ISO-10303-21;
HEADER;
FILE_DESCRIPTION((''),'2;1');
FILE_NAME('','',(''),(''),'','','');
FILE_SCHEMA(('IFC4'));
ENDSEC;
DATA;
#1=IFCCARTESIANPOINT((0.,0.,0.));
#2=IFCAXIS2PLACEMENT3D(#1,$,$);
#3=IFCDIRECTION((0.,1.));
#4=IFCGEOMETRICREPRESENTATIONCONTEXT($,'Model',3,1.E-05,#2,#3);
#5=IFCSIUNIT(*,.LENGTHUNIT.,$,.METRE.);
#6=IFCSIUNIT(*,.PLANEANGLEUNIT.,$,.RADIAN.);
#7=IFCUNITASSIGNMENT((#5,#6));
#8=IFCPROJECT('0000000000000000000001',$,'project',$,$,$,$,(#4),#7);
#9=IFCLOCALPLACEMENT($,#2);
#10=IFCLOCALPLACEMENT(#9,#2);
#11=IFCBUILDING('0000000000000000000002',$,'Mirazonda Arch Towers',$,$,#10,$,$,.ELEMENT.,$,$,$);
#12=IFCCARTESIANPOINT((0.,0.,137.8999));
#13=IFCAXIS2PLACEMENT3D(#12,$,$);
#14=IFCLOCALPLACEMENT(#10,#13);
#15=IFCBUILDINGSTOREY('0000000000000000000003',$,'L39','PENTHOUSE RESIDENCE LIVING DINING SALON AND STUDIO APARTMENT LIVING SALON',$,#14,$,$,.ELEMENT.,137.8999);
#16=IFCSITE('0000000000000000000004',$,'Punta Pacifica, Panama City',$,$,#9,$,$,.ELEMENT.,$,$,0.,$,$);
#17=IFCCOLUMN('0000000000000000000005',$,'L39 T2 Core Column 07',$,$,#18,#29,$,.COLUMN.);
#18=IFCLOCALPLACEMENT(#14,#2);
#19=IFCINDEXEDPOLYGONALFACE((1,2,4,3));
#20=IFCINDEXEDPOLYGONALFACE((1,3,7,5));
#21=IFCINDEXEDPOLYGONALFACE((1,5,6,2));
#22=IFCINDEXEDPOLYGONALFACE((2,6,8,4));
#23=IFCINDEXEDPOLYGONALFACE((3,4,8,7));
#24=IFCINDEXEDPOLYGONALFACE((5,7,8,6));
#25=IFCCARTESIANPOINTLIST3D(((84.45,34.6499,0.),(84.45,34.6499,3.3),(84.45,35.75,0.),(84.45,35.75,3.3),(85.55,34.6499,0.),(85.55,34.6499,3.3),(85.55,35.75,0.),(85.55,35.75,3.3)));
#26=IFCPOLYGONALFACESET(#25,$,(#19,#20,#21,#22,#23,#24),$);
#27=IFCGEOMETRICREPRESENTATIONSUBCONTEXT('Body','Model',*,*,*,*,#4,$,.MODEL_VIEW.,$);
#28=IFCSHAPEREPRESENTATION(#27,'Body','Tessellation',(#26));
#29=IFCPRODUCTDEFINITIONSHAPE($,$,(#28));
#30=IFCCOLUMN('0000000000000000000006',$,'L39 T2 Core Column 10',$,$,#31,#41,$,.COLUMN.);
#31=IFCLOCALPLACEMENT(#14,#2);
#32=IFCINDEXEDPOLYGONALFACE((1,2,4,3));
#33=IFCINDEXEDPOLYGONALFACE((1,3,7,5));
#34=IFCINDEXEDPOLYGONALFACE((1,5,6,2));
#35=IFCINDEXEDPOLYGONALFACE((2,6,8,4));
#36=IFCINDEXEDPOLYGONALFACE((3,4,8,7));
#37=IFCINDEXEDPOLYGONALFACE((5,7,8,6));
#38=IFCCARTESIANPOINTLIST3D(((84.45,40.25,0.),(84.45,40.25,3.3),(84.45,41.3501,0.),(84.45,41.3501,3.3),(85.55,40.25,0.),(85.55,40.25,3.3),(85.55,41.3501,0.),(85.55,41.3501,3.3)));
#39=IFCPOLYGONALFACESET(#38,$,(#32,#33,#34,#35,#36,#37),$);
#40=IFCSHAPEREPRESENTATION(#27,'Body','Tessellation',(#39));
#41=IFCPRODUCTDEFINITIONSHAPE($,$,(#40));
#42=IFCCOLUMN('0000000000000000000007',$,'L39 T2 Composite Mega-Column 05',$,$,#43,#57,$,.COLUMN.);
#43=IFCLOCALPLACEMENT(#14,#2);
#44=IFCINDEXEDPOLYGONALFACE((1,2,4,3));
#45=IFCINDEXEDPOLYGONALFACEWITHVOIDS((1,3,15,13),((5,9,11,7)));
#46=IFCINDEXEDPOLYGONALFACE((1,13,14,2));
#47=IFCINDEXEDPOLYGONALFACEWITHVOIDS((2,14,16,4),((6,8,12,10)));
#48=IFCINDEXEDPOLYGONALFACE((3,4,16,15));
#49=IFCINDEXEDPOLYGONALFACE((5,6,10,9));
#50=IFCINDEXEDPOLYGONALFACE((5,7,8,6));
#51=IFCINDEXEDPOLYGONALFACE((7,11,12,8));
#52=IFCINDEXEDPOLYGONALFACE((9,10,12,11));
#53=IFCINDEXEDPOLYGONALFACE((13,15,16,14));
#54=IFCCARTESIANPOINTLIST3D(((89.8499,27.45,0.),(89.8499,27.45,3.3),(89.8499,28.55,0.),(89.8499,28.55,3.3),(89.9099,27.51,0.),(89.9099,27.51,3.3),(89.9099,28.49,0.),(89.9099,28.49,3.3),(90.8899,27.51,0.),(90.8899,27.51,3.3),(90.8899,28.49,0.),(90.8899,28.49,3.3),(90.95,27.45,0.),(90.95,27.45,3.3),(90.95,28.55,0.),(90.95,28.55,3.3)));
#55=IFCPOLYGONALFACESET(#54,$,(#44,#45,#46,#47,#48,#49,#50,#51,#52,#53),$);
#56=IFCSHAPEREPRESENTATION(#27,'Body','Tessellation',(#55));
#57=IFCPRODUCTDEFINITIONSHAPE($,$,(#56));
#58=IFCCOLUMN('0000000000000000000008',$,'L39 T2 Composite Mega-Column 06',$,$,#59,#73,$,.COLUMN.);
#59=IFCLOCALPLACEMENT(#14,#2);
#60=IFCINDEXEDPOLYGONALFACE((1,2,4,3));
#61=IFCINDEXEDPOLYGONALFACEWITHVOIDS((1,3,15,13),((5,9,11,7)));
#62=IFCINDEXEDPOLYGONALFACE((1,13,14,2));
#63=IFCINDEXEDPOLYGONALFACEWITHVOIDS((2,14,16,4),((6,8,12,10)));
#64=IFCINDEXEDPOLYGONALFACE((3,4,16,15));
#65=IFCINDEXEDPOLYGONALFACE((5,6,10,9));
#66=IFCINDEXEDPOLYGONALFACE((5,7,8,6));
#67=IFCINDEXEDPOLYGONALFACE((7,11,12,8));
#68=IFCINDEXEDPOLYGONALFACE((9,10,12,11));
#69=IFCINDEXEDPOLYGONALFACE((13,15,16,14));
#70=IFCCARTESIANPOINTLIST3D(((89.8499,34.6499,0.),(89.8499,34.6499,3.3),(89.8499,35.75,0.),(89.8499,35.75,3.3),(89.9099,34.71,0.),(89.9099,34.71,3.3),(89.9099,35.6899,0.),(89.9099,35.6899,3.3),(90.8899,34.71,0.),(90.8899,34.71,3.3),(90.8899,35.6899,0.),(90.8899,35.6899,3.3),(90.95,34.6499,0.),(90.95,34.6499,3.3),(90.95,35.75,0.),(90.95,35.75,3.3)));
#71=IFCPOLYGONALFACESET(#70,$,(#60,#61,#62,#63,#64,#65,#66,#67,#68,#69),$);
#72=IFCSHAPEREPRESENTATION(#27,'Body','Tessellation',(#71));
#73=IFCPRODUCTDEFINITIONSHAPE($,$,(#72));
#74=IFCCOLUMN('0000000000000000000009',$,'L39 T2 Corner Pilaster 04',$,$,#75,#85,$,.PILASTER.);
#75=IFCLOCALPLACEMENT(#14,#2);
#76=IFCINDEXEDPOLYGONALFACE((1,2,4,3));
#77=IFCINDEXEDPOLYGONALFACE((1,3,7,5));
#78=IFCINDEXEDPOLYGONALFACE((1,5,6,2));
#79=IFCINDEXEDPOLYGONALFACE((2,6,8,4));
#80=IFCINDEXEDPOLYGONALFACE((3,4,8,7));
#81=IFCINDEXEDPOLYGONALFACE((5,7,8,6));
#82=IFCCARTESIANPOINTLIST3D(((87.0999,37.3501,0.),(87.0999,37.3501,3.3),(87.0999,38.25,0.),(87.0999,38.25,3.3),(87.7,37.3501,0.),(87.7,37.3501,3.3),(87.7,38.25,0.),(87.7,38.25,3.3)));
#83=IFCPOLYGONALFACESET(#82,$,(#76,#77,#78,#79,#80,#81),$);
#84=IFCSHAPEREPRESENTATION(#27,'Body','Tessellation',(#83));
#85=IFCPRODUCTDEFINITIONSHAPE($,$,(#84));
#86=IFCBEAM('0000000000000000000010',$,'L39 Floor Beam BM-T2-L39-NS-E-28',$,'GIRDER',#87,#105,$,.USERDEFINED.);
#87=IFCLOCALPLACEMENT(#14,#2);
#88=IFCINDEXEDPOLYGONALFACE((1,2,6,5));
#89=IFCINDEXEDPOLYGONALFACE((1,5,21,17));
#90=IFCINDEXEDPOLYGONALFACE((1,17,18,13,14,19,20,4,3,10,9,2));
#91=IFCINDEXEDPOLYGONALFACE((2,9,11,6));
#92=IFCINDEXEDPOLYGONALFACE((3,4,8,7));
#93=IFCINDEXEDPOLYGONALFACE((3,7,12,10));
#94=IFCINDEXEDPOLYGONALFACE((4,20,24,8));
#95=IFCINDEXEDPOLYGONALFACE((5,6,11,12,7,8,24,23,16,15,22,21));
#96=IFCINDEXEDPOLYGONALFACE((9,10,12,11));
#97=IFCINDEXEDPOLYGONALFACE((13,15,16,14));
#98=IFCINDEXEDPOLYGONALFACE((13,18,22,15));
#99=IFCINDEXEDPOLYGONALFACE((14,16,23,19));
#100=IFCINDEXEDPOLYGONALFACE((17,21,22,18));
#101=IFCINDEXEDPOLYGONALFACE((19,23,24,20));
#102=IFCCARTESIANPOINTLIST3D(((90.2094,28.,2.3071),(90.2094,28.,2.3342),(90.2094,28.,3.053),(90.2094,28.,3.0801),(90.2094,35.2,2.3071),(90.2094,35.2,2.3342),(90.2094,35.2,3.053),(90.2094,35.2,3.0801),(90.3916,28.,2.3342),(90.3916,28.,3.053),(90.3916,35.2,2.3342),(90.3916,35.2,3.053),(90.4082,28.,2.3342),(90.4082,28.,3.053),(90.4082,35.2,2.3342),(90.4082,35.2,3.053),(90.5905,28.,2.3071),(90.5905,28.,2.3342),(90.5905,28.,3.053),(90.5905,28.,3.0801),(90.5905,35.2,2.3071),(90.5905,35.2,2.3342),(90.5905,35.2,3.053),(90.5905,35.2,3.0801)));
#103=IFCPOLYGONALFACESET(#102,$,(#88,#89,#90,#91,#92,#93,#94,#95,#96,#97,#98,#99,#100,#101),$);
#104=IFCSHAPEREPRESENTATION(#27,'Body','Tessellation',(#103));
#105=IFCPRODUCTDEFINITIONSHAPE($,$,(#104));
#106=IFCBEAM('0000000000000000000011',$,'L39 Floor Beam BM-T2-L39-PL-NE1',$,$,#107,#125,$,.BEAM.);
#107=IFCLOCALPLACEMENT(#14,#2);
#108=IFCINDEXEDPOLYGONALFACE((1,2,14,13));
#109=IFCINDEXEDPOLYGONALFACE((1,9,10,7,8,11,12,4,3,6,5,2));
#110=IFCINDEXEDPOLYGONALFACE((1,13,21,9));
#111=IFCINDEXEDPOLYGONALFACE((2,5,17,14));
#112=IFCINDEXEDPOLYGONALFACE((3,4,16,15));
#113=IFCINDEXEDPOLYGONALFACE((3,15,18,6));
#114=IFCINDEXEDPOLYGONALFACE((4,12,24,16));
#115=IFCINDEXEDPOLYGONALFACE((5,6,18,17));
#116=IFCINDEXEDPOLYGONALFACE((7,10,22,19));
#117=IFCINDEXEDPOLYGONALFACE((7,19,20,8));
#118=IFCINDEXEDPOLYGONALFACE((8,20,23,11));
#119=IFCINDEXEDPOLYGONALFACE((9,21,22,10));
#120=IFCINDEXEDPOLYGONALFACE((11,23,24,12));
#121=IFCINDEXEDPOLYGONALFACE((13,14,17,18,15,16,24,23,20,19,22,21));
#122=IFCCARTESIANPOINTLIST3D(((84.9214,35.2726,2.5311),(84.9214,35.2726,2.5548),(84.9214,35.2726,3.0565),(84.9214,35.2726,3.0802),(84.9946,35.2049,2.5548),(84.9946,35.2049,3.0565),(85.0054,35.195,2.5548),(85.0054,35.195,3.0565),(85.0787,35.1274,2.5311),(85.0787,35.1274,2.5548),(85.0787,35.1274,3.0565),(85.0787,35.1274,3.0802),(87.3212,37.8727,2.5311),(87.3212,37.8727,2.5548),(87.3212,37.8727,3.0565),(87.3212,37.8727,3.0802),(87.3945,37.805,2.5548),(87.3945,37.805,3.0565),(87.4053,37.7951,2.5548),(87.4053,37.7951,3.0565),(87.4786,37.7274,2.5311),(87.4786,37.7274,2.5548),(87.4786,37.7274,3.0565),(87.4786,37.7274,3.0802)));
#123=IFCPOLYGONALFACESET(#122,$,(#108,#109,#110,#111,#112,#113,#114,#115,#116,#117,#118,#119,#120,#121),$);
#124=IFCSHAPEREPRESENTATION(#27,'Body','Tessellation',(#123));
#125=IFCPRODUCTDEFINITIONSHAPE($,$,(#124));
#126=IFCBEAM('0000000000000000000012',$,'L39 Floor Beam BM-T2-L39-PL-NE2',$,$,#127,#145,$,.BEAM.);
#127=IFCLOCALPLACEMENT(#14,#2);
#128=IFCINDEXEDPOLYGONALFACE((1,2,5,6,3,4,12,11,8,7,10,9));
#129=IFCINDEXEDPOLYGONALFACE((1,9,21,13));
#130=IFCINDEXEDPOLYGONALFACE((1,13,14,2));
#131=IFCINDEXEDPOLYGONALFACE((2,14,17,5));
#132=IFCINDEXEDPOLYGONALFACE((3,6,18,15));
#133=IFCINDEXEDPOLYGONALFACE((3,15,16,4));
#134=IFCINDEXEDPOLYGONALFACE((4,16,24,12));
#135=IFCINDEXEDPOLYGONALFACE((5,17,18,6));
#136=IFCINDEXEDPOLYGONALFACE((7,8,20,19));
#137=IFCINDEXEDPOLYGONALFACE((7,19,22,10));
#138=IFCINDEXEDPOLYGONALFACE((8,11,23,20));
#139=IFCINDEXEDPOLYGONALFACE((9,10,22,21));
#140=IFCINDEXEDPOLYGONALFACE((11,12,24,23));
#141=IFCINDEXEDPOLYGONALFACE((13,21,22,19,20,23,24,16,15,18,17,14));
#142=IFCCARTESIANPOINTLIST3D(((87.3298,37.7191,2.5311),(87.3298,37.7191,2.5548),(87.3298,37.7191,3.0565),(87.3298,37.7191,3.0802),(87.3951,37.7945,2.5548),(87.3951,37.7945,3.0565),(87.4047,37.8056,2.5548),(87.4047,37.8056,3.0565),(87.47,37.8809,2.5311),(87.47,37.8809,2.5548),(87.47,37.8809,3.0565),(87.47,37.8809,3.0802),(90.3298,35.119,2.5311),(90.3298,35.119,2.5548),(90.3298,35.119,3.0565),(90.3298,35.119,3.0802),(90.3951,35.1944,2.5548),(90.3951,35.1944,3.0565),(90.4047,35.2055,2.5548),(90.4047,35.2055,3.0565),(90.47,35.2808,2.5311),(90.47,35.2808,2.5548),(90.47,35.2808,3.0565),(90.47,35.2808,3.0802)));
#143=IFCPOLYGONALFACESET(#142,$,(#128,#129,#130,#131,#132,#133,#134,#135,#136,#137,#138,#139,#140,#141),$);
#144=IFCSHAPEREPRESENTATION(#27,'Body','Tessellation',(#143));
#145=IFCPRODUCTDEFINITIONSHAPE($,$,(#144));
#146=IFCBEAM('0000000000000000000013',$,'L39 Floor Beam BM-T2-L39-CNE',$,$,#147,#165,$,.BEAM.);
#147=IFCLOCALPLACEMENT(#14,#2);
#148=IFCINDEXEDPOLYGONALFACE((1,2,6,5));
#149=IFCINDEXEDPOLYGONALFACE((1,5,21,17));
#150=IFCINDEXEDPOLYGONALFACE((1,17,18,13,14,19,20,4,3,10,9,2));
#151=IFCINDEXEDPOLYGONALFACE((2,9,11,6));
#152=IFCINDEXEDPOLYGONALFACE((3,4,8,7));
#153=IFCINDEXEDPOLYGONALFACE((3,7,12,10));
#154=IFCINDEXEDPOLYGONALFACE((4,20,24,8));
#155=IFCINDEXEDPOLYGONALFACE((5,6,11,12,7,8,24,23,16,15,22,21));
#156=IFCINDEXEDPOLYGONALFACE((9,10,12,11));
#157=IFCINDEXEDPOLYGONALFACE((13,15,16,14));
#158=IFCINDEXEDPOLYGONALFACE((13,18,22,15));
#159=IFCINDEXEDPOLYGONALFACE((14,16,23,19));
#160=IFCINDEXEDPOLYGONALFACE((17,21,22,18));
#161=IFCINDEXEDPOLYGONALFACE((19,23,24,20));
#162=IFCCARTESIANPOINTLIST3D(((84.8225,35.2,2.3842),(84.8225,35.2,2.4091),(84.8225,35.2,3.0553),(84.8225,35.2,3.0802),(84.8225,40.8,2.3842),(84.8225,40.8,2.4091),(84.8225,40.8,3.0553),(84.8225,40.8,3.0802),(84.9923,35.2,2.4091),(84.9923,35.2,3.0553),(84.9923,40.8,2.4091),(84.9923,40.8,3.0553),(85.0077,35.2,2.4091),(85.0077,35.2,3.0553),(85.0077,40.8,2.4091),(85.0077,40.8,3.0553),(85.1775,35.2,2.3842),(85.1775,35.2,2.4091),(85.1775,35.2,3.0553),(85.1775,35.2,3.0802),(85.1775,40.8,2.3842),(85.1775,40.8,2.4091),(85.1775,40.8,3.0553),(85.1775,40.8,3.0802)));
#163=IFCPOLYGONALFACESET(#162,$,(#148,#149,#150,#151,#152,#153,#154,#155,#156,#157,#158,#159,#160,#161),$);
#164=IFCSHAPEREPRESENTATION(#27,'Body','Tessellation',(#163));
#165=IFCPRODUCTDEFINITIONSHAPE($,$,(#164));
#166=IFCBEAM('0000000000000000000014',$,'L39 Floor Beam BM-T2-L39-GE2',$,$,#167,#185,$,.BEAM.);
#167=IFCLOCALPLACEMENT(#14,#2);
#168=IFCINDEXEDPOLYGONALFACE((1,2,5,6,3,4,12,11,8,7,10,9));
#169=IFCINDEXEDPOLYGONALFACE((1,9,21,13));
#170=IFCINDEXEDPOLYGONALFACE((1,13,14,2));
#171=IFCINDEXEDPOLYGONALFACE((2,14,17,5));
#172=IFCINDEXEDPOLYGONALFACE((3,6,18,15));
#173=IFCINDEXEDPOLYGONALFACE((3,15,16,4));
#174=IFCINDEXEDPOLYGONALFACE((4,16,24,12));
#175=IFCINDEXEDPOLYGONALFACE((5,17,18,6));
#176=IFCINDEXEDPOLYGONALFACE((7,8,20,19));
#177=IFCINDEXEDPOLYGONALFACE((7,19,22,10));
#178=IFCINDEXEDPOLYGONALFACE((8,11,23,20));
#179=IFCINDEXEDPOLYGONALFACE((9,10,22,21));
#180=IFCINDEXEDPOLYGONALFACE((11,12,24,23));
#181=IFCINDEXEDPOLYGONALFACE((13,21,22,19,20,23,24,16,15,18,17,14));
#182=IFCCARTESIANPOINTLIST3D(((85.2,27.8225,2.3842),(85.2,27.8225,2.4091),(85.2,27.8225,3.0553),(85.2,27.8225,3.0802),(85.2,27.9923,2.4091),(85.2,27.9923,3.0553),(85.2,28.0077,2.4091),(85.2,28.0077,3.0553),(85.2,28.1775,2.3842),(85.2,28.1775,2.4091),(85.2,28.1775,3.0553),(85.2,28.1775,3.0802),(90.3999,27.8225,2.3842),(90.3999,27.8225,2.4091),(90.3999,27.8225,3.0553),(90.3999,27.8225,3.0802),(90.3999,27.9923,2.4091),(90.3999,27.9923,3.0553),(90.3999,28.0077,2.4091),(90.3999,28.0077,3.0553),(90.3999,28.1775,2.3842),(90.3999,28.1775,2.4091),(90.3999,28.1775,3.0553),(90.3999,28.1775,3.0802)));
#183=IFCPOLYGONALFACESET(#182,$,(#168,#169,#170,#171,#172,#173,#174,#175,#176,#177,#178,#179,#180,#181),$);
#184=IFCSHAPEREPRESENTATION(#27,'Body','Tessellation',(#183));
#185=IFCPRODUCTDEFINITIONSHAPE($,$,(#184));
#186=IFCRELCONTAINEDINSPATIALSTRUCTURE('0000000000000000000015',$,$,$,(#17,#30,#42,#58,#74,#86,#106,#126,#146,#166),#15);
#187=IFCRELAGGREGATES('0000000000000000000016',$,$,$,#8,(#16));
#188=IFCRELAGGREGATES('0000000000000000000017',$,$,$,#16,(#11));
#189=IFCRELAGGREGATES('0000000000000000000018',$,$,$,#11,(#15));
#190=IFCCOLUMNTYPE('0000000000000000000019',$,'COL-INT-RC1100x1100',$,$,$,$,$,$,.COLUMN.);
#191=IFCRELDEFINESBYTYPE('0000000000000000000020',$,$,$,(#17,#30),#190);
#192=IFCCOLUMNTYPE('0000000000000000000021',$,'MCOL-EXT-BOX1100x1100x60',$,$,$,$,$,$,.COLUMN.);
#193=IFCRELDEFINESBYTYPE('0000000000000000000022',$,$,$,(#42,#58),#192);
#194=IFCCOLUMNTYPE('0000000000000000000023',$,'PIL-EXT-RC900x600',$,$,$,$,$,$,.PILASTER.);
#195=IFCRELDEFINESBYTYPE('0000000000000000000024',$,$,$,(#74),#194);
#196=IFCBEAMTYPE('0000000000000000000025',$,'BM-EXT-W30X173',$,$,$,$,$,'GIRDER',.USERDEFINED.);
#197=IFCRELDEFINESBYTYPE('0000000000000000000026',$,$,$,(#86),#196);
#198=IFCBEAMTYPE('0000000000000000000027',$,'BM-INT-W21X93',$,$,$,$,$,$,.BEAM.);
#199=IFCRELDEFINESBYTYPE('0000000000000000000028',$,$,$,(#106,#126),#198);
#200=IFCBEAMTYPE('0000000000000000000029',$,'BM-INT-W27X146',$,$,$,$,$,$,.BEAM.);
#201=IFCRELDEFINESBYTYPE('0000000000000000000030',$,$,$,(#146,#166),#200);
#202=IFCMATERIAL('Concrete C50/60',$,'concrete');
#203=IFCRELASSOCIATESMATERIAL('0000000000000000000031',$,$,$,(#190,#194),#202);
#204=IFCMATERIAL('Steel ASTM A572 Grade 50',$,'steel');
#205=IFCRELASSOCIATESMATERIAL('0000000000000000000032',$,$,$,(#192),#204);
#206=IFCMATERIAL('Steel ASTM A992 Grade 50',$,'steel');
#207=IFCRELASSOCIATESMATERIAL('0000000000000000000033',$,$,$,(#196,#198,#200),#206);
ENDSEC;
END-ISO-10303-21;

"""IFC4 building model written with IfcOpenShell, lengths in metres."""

from ifc_helpers import new_model, si_unit, direction, frame, origin, origin_2d, place, context, subcontext, project, spatial, rectangle, hollow_rectangle, i_section, extrude, material, material_profile, profile_set, type_object, element, save


model = new_model("IFC4")

# Units and contexts
model_context = context("Model", 3, precision=1e-05, world=origin(), true_north=direction((0.0, 1.0)))
body_context = subcontext(model_context, "Body", "Model", "MODEL_VIEW")
ifc_project = project(units=[si_unit("LENGTHUNIT", "METRE"), si_unit("PLANEANGLEUNIT", "RADIAN")], contexts=[model_context])

# Site, building, storey
site_placement = place(None, origin())
site = spatial("IfcSite", under=ifc_project, at=site_placement, Name="Punta Pacifica, Panama City", CompositionType="ELEMENT", RefElevation=0.0)
building_placement = place(site_placement, origin())
building = spatial("IfcBuilding", under=site, at=building_placement, Name="Mirazonda Arch Towers", CompositionType="ELEMENT")
storey_placement = place(building_placement, frame((0.0, 0.0, 137.8999)))
storey = spatial("IfcBuildingStorey", under=building, at=storey_placement, Name="L39", Description="PENTHOUSE RESIDENCE LIVING DINING SALON AND STUDIO APARTMENT LIVING SALON", CompositionType="ELEMENT", Elevation=137.8999)

# Columns
ifc_material_1 = material(Name="Concrete C50/60", Category="concrete")
ifc_material_profile_1 = material_profile(ifc_material_1, rectangle(XDim=1.1001, YDim=1.1001, at=origin_2d()), Name="RC1100x1100")
ifc_profile_set_1 = profile_set([ifc_material_profile_1], Name="Concrete C50/60")
column_type_1 = type_object("IfcColumnType", Name="COL-INT-RC1100x1100", PredefinedType="COLUMN", material=ifc_profile_set_1)
for number, where, z_axis, x_axis, name in (
    (1, (85.0, 35.2, 0.0), (0.0, 0.0, 1.0), (1.0, 0.0, 0.0), "L39 T2 Core Column 07"),
    (2, (85.0, 40.8, 0.0), (0.0, 0.0, 1.0), (1.0, 0.0, 0.0), "L39 T2 Core Column 10"),
):
    element("IfcColumn", number, at=place(storey_placement, frame(where, z_axis=z_axis, x_axis=x_axis)), inside=storey, type_object=column_type_1, Name=name, PredefinedType="COLUMN", context=body_context, shape_type="SweptSolid", body=[
        extrude(rectangle(XDim=1.1001, YDim=1.1001, at=origin_2d()), origin(), (0.0, 0.0, 1.0), 3.3),
    ])
ifc_material_2 = material(Name="Steel ASTM A572 Grade 50", Category="steel")
ifc_material_profile_2 = material_profile(ifc_material_2, hollow_rectangle(XDim=1.1001, YDim=1.1001, WallThickness=0.0601, at=origin_2d()), Name="BOX1100x1100x60")
ifc_profile_set_2 = profile_set([ifc_material_profile_2], Name="Steel ASTM A572 Grade 50")
column_type_2 = type_object("IfcColumnType", Name="MCOL-EXT-BOX1100x1100x60", PredefinedType="COLUMN", material=ifc_profile_set_2)
for number, where, z_axis, x_axis, name in (
    (3, (90.3999, 28.0, 0.0), (0.0, 0.0, 1.0), (1.0, 0.0, 0.0), "L39 T2 Composite Mega-Column 05"),
    (4, (90.3999, 35.2, 0.0), (0.0, 0.0, 1.0), (1.0, 0.0, 0.0), "L39 T2 Composite Mega-Column 06"),
):
    element("IfcColumn", number, at=place(storey_placement, frame(where, z_axis=z_axis, x_axis=x_axis)), inside=storey, type_object=column_type_2, Name=name, PredefinedType="COLUMN", context=body_context, shape_type="SweptSolid", body=[
        extrude(hollow_rectangle(XDim=1.1001, YDim=1.1001, WallThickness=0.0601, at=origin_2d()), origin(), (0.0, 0.0, 1.0), 3.3),
    ])
ifc_material_profile_3 = material_profile(ifc_material_1, rectangle(XDim=0.6001, YDim=0.8999, at=origin_2d()), Name="RC900x600")
ifc_profile_set_3 = profile_set([ifc_material_profile_3], Name="Concrete C50/60")
column_type_3 = type_object("IfcColumnType", Name="PIL-EXT-RC900x600", PredefinedType="PILASTER", material=ifc_profile_set_3)
column_placement = place(storey_placement, frame((87.3999, 37.8, 0.0), z_axis=(0.0, 0.0, 1.0), x_axis=(1.0, 0.0, 0.0)))
element("IfcColumn", 5, at=column_placement, inside=storey, type_object=column_type_3, Name="L39 T2 Corner Pilaster 04", PredefinedType="PILASTER", context=body_context, shape_type="SweptSolid", body=[
    extrude(rectangle(XDim=0.6001, YDim=0.8999, at=origin_2d()), origin(), (0.0, 0.0, 1.0), 3.3),
])

# Beams
ifc_material_3 = material(Name="Steel ASTM A992 Grade 50", Category="steel")
ifc_material_profile_4 = material_profile(ifc_material_3, i_section(OverallWidth=0.3811, OverallDepth=0.7729, WebThickness=0.0166, FlangeThickness=0.0271, at=origin_2d()), Name="W30X173")
ifc_profile_set_4 = profile_set([ifc_material_profile_4], Name="Steel ASTM A992 Grade 50")
beam_type_1 = type_object("IfcBeamType", Name="BM-EXT-W30X173", ElementType="GIRDER", PredefinedType="USERDEFINED", material=ifc_profile_set_4)
beam_1_placement = place(storey_placement, frame((90.3999, 28.0, 2.6936), z_axis=(0.0, 1.0, 0.0), x_axis=(-1.0, 0.0, 0.0)))
element("IfcBeam", 6, at=beam_1_placement, inside=storey, type_object=beam_type_1, Name="L39 Floor Beam BM-T2-L39-NS-E-28", ObjectType="GIRDER", PredefinedType="USERDEFINED", context=body_context, shape_type="SweptSolid", body=[
    extrude(i_section(OverallWidth=0.3811, OverallDepth=0.7729, WebThickness=0.0166, FlangeThickness=0.0271, at=origin_2d()), origin(), (0.0, 0.0, 1.0), 7.2),
])
ifc_material_profile_5 = material_profile(ifc_material_3, i_section(OverallWidth=0.2141, OverallDepth=0.5491, WebThickness=0.0146, FlangeThickness=0.0237, at=origin_2d()), Name="W21X93")
ifc_profile_set_5 = profile_set([ifc_material_profile_5], Name="Steel ASTM A992 Grade 50")
beam_type_2 = type_object("IfcBeamType", Name="BM-INT-W21X93", PredefinedType="BEAM", material=ifc_profile_set_5)
beam_2_placement = place(storey_placement, frame((87.3999, 37.8, 2.8057), z_axis=(-0.678251, -0.73483, 0.0), x_axis=(0.73483, -0.678251, 0.0)))
element("IfcBeam", 7, at=beam_2_placement, inside=storey, type_object=beam_type_2, Name="L39 Floor Beam BM-T2-L39-PL-NE1", PredefinedType="BEAM", context=body_context, shape_type="SweptSolid", body=[
    extrude(i_section(OverallWidth=0.2141, OverallDepth=0.5491, WebThickness=0.0146, FlangeThickness=0.0237, at=origin_2d()), origin(), (0.0, 0.0, 1.0), 3.5383),
])
beam_3_placement = place(storey_placement, frame((87.3999, 37.8, 2.8057), z_axis=(0.755677, -0.654945, 0.0), x_axis=(0.654945, 0.755677, 0.0)))
element("IfcBeam", 8, at=beam_3_placement, inside=storey, type_object=beam_type_2, Name="L39 Floor Beam BM-T2-L39-PL-NE2", PredefinedType="BEAM", context=body_context, shape_type="SweptSolid", body=[
    extrude(i_section(OverallWidth=0.2141, OverallDepth=0.5491, WebThickness=0.0146, FlangeThickness=0.0237, at=origin_2d()), origin(), (0.0, 0.0, 1.0), 3.97),
])
ifc_material_profile_6 = material_profile(ifc_material_3, i_section(OverallWidth=0.355, OverallDepth=0.696, WebThickness=0.0154, FlangeThickness=0.0249, at=origin_2d()), Name="W27X146")
ifc_profile_set_6 = profile_set([ifc_material_profile_6], Name="Steel ASTM A992 Grade 50")
beam_type_3 = type_object("IfcBeamType", Name="BM-INT-W27X146", PredefinedType="BEAM", material=ifc_profile_set_6)
beam_4_placement = place(storey_placement, frame((85.0, 35.2, 2.7322), z_axis=(0.0, 1.0, 0.0), x_axis=(-1.0, 0.0, 0.0)))
element("IfcBeam", 9, at=beam_4_placement, inside=storey, type_object=beam_type_3, Name="L39 Floor Beam BM-T2-L39-CNE", PredefinedType="BEAM", context=body_context, shape_type="SweptSolid", body=[
    extrude(i_section(OverallWidth=0.355, OverallDepth=0.696, WebThickness=0.0154, FlangeThickness=0.0249, at=origin_2d()), origin(), (0.0, 0.0, 1.0), 5.6001),
])
beam_5_placement = place(storey_placement, frame((85.2, 28.0, 2.7322), z_axis=(1.0, 0.0, 0.0), x_axis=(0.0, 1.0, 0.0)))
element("IfcBeam", 10, at=beam_5_placement, inside=storey, type_object=beam_type_3, Name="L39 Floor Beam BM-T2-L39-GE2", PredefinedType="BEAM", context=body_context, shape_type="SweptSolid", body=[
    extrude(i_section(OverallWidth=0.355, OverallDepth=0.696, WebThickness=0.0154, FlangeThickness=0.0249, at=origin_2d()), origin(), (0.0, 0.0, 1.0), 5.2),
])

save(model, "model.ifc")
